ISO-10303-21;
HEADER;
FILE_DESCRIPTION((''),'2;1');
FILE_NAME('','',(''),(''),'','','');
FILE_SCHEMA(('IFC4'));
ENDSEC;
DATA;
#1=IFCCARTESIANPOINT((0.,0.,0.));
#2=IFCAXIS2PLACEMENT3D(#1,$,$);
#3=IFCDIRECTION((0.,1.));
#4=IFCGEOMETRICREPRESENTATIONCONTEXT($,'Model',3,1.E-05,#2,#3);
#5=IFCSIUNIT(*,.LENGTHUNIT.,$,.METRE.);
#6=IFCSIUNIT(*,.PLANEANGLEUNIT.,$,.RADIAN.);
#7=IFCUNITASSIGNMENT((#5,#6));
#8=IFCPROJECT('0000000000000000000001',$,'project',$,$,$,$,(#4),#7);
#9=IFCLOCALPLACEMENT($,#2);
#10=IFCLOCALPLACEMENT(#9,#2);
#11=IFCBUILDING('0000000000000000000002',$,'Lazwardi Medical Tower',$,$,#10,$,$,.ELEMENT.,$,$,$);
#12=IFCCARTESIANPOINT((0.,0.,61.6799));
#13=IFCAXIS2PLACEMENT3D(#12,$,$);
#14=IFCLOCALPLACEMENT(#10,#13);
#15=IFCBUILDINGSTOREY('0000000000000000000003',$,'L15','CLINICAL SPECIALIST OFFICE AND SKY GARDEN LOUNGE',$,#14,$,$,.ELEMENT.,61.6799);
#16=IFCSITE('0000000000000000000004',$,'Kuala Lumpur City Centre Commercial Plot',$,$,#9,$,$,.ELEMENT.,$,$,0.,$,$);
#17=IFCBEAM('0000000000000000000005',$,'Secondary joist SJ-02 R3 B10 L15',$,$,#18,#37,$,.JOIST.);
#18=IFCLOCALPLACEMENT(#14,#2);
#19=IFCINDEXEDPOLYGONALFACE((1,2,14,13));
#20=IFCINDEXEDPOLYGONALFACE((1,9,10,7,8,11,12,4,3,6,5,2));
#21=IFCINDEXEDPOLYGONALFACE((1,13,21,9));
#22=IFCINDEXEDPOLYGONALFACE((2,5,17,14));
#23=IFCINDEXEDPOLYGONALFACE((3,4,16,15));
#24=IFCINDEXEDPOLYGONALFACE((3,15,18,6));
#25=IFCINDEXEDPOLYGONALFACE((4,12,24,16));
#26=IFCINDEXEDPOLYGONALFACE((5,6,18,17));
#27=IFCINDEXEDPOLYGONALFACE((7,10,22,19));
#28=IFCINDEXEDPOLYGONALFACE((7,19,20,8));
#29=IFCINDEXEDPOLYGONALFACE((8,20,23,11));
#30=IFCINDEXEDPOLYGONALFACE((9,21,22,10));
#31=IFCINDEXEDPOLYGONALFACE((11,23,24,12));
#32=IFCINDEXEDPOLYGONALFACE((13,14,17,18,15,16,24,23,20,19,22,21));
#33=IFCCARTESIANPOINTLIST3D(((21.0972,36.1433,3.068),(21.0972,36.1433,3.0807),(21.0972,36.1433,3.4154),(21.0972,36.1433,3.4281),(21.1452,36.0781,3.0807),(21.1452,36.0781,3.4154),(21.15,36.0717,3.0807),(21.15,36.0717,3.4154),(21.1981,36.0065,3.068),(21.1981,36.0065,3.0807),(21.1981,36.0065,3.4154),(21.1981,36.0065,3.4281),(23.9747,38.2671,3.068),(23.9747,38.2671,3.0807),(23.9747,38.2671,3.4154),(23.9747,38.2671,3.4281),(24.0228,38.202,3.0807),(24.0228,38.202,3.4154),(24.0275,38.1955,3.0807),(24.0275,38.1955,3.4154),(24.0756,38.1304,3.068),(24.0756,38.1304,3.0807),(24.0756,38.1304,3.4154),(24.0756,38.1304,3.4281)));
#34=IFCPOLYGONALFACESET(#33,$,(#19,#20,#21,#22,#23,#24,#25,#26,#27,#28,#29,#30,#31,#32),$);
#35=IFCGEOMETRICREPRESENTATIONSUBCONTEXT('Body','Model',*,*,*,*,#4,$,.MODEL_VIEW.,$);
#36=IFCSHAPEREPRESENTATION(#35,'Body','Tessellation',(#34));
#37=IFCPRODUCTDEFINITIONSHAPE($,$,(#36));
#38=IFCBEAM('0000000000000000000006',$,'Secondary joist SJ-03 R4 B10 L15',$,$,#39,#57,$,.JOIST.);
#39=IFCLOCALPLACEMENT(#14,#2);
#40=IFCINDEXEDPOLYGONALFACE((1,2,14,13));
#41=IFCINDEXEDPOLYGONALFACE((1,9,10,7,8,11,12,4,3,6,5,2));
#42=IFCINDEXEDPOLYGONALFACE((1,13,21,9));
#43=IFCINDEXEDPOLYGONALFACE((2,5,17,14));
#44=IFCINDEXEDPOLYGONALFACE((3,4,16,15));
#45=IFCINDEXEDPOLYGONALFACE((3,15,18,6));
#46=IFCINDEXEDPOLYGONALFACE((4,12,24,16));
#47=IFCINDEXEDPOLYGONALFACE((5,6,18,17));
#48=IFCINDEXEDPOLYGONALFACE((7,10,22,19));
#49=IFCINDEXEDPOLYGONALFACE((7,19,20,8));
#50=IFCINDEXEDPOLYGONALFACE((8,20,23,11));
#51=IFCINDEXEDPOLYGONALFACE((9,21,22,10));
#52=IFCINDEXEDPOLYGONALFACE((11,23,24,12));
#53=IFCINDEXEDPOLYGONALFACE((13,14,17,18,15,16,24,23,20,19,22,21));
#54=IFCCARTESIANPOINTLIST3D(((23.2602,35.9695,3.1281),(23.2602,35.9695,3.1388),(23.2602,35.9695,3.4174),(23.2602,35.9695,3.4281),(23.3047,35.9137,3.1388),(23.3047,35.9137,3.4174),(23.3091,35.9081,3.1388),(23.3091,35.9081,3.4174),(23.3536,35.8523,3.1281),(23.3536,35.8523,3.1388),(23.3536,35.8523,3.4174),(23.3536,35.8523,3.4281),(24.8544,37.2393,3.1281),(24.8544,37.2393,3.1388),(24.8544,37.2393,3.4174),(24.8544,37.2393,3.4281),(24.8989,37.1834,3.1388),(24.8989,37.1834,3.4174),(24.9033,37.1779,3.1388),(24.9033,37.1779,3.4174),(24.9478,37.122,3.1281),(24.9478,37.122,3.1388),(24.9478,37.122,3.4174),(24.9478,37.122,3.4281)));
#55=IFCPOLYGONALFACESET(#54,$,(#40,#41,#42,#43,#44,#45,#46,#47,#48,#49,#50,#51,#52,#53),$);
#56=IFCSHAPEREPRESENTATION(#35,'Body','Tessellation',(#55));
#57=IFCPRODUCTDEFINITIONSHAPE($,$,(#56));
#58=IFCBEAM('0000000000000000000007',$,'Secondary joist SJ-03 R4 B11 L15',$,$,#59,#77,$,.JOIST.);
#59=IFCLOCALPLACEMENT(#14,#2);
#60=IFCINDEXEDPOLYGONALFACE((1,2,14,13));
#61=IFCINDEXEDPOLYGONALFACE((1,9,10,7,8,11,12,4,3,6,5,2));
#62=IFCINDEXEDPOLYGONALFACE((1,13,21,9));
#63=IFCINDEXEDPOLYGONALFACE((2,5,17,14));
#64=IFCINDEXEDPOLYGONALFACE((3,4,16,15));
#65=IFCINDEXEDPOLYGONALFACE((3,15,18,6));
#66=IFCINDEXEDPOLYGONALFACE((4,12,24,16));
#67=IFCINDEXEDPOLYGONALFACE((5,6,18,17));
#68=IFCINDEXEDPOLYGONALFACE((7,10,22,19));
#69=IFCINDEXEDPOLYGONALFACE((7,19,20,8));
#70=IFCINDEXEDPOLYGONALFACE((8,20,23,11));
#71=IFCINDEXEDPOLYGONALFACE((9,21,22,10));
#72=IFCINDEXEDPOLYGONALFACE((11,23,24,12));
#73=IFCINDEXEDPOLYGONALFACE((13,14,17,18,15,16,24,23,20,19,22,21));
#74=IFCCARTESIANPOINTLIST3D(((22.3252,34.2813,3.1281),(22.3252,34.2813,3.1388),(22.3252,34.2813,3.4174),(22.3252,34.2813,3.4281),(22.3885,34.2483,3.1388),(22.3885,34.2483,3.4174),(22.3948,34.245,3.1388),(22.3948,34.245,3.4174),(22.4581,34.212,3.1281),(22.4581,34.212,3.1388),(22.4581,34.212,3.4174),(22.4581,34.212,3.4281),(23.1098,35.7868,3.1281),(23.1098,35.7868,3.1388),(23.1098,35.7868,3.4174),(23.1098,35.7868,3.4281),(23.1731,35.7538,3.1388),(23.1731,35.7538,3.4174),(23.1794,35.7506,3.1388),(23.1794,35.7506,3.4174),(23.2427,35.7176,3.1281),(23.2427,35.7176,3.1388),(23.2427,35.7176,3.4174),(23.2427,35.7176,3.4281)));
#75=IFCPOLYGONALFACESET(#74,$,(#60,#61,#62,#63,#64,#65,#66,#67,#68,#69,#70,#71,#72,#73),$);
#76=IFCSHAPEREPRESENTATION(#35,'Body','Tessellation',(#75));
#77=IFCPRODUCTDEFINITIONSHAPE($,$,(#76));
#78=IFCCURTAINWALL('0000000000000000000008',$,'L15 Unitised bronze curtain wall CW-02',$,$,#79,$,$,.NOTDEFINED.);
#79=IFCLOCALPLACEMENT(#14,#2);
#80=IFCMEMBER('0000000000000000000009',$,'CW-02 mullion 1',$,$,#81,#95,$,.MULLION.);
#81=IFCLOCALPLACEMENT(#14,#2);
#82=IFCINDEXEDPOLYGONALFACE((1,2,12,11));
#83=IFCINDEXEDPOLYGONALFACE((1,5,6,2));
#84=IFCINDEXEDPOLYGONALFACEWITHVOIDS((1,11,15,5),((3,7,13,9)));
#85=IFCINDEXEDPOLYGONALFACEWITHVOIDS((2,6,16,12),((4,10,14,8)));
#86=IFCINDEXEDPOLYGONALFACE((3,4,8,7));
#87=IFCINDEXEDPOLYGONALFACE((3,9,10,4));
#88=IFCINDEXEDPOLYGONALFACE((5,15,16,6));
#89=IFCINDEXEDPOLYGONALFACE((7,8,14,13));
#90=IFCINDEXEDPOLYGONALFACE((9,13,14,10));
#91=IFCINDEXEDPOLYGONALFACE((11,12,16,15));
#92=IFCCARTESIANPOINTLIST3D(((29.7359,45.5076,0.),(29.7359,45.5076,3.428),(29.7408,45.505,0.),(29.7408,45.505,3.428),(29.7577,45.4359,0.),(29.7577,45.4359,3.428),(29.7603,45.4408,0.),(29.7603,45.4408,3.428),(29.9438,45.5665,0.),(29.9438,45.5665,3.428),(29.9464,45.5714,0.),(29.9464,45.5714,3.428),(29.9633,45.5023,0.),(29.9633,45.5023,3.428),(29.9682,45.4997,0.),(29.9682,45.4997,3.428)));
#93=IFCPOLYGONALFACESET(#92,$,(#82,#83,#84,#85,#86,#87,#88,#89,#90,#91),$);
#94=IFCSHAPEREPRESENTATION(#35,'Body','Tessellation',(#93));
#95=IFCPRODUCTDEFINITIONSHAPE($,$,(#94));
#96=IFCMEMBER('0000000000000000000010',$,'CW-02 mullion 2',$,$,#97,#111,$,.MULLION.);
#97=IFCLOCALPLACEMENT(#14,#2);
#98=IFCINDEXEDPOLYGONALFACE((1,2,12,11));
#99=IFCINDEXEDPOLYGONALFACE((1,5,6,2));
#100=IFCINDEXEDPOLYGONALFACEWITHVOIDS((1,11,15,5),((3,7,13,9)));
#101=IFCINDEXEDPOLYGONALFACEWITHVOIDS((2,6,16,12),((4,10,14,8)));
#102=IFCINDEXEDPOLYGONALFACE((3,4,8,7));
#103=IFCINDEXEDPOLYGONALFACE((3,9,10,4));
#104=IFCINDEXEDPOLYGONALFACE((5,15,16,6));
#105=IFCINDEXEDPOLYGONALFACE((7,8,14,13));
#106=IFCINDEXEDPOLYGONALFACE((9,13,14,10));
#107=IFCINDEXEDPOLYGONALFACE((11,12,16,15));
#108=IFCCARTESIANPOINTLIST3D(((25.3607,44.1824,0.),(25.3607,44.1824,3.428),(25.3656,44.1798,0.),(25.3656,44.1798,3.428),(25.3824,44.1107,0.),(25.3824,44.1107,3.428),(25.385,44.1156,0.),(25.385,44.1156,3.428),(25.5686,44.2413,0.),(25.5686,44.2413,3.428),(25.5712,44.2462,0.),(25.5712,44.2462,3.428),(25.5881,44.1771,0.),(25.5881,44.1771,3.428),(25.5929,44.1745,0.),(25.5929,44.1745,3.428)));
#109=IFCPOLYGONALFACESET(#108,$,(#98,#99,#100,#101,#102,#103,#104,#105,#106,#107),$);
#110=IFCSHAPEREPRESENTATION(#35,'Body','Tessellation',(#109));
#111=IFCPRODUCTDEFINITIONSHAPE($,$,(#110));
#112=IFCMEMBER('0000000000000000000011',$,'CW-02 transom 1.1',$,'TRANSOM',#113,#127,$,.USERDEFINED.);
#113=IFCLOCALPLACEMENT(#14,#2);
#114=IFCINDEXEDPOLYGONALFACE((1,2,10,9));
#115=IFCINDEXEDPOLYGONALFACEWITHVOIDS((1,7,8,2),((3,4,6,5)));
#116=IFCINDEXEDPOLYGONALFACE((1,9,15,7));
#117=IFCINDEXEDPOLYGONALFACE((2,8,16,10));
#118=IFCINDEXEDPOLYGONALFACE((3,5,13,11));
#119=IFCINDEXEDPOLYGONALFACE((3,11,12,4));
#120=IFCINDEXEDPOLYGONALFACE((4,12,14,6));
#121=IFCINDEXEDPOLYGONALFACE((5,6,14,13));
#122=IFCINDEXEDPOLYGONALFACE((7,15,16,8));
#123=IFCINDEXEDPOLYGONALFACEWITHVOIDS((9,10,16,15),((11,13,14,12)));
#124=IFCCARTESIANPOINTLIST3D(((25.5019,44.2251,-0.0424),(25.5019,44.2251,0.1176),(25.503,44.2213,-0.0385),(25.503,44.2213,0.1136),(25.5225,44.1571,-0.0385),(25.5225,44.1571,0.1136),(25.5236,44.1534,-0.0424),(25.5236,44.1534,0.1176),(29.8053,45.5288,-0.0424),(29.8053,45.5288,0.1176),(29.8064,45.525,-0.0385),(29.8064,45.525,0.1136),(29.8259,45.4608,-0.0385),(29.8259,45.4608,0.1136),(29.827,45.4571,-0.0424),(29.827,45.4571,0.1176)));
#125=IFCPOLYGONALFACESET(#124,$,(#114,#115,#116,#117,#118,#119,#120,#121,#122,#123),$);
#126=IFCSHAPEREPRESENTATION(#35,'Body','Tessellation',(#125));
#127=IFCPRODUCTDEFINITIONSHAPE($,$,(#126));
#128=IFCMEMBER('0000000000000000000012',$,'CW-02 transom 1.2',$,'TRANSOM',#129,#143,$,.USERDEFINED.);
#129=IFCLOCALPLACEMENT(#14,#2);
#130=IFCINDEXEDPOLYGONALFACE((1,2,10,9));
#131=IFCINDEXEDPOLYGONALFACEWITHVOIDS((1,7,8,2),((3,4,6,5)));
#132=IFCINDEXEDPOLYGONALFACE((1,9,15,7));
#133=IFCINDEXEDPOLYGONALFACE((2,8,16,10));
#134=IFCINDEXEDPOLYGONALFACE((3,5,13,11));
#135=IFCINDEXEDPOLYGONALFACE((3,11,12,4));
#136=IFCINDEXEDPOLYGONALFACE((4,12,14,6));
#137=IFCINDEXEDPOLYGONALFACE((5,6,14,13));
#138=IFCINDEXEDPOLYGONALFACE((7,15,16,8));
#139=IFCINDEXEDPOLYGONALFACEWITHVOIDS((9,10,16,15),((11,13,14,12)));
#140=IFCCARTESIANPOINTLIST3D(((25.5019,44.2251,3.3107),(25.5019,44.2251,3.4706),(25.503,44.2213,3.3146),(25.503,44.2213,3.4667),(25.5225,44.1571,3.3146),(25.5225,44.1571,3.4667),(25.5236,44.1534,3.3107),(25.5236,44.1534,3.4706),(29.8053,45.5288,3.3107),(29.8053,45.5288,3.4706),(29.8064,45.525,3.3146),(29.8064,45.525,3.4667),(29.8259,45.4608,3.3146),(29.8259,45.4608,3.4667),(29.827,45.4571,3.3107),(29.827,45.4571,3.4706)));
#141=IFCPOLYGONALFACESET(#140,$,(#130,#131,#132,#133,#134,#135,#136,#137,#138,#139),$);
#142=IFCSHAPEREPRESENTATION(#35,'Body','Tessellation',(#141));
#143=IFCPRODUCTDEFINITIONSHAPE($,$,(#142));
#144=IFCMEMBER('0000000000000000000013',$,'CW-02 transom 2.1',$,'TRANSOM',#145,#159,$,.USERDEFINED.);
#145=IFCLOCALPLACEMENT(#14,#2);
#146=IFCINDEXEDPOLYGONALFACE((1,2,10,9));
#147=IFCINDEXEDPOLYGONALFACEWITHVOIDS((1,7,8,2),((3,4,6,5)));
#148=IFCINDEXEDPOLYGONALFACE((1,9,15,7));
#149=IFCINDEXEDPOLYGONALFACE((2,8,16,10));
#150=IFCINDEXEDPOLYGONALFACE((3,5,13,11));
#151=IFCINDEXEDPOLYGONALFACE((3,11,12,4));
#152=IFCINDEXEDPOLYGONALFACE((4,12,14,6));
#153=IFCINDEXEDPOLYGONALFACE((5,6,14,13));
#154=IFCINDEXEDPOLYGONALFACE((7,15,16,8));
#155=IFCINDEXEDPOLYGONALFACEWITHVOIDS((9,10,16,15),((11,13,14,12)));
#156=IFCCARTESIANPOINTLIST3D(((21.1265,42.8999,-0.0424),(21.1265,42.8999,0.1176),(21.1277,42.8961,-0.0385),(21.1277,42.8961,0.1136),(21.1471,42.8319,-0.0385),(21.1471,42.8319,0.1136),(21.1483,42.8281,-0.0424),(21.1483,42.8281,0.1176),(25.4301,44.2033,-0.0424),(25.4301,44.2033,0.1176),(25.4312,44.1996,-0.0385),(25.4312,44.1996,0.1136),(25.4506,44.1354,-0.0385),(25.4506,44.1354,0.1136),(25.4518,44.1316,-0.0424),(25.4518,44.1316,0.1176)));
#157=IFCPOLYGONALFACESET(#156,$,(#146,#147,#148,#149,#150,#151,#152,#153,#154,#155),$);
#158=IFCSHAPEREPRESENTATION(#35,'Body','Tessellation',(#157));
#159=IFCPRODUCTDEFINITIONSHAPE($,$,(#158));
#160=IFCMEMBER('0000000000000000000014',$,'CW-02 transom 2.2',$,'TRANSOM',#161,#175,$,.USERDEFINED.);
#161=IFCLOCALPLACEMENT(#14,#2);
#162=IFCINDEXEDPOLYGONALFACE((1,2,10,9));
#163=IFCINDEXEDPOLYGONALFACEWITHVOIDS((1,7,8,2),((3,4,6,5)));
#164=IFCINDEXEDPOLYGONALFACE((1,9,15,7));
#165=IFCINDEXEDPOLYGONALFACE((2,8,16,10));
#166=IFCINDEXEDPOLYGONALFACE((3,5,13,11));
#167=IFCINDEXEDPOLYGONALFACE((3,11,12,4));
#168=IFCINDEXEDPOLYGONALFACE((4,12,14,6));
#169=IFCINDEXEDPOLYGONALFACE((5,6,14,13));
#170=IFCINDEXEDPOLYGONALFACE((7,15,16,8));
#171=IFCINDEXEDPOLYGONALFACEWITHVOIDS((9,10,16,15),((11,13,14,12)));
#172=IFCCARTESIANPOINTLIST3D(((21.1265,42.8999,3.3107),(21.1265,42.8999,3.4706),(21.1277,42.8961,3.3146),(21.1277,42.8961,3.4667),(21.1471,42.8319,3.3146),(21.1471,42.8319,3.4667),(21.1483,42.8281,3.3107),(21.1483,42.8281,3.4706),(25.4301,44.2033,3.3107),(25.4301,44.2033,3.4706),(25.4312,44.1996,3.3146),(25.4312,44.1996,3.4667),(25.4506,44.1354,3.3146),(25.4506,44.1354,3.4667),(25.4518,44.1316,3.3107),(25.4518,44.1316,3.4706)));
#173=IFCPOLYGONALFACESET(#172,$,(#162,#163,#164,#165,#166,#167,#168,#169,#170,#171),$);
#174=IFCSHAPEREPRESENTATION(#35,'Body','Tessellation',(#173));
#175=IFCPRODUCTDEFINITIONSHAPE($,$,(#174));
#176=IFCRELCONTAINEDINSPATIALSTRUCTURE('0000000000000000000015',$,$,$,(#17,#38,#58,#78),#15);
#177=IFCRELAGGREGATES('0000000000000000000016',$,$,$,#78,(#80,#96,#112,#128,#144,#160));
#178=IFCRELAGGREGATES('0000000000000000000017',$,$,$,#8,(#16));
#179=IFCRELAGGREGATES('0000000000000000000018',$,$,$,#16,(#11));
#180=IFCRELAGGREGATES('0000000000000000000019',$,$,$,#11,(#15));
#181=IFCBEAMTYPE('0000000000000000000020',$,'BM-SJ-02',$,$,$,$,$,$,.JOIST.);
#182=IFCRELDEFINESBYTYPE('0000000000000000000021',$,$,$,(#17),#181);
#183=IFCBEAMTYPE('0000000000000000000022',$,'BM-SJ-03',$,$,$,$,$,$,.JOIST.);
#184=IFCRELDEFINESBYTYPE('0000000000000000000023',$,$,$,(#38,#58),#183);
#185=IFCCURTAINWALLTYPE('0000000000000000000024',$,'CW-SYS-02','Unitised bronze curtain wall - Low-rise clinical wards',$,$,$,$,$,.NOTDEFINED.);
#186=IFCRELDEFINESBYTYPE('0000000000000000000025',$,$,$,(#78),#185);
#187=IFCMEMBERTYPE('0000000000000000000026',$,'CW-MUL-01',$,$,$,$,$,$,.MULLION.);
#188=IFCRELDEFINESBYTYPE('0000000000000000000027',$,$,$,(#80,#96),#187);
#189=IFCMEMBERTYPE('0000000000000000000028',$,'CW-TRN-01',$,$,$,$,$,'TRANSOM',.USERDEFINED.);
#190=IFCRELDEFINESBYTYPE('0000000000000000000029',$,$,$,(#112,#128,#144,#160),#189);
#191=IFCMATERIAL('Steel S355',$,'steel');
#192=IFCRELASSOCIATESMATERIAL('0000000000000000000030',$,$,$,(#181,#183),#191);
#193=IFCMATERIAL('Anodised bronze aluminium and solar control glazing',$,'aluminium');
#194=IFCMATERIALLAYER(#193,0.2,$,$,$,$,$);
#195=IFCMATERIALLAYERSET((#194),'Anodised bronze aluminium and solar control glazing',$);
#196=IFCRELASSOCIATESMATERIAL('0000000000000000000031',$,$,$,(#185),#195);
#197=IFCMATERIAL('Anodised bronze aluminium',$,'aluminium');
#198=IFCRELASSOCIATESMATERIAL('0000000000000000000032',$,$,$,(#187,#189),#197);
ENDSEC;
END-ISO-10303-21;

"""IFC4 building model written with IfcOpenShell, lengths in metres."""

from ifc_helpers import new_model, si_unit, direction, frame, origin, origin_2d, place, context, subcontext, project, spatial, hollow_rectangle, i_section, extrude, material, layer, layer_set, material_profile, profile_set, type_object, element, aggregate, save


model = new_model("IFC4")

# Units and contexts
model_context = context("Model", 3, precision=1e-05, world=origin(), true_north=direction((0.0, 1.0)))
body_context = subcontext(model_context, "Body", "Model", "MODEL_VIEW")
ifc_project = project(units=[si_unit("LENGTHUNIT", "METRE"), si_unit("PLANEANGLEUNIT", "RADIAN")], contexts=[model_context])

# Site, building, storey
site_placement = place(None, origin())
site = spatial("IfcSite", under=ifc_project, at=site_placement, Name="Kuala Lumpur City Centre Commercial Plot", CompositionType="ELEMENT", RefElevation=0.0)
building_placement = place(site_placement, origin())
building = spatial("IfcBuilding", under=site, at=building_placement, Name="Lazwardi Medical Tower", CompositionType="ELEMENT")
storey_placement = place(building_placement, frame((0.0, 0.0, 61.6799)))
storey = spatial("IfcBuildingStorey", under=building, at=storey_placement, Name="L15", Description="CLINICAL SPECIALIST OFFICE AND SKY GARDEN LOUNGE", CompositionType="ELEMENT", Elevation=61.6799)

# Beams
ifc_material_1 = material(Name="Steel S355", Category="steel")
ifc_material_profile_1 = material_profile(ifc_material_1, i_section(OverallWidth=0.1699, OverallDepth=0.3601, WebThickness=0.0081, FlangeThickness=0.0127, at=origin_2d()), Name="IPE 360")
ifc_profile_set_1 = profile_set([ifc_material_profile_1], Name="Steel S355")
beam_type_1 = type_object("IfcBeamType", Name="BM-SJ-02", PredefinedType="JOIST", material=ifc_profile_set_1)
beam_1_placement = place(storey_placement, frame((24.0251, 38.1987, 3.248), z_axis=(-0.80458, -0.593844, 0.0), x_axis=(0.593844, -0.80458, 0.0)))
element("IfcBeam", 1, at=beam_1_placement, inside=storey, type_object=beam_type_1, Name="Secondary joist SJ-02 R3 B10 L15", PredefinedType="JOIST", context=body_context, shape_type="SweptSolid", body=[
    extrude(i_section(OverallWidth=0.1699, OverallDepth=0.3601, WebThickness=0.0081, FlangeThickness=0.0127, at=origin_2d()), origin(), (0.0, 0.0, 1.0), 3.5764),
])
ifc_material_profile_2 = material_profile(ifc_material_1, i_section(OverallWidth=0.1499, OverallDepth=0.3, WebThickness=0.0071, FlangeThickness=0.0107, at=origin_2d()), Name="IPE 300")
ifc_profile_set_2 = profile_set([ifc_material_profile_2], Name="Steel S355")
beam_type_2 = type_object("IfcBeamType", Name="BM-SJ-03", PredefinedType="JOIST", material=ifc_profile_set_2)
beam_2_placement = place(storey_placement, frame((24.9011, 37.1807, 3.2781), z_axis=(-0.782211, -0.623014, 0.0), x_axis=(0.623014, -0.782211, 0.0)))
element("IfcBeam", 2, at=beam_2_placement, inside=storey, type_object=beam_type_2, Name="Secondary joist SJ-03 R4 B10 L15", PredefinedType="JOIST", context=body_context, shape_type="SweptSolid", body=[
    extrude(i_section(OverallWidth=0.1499, OverallDepth=0.3, WebThickness=0.0071, FlangeThickness=0.0107, at=origin_2d()), origin(), (0.0, 0.0, 1.0), 2.0381),
])
beam_3_placement = place(storey_placement, frame((23.1763, 35.7522, 3.2781), z_axis=(-0.462163, -0.886795, 0.0), x_axis=(0.886795, -0.462163, 0.0)))
element("IfcBeam", 3, at=beam_3_placement, inside=storey, type_object=beam_type_2, Name="Secondary joist SJ-03 R4 B11 L15", PredefinedType="JOIST", context=body_context, shape_type="SweptSolid", body=[
    extrude(i_section(OverallWidth=0.1499, OverallDepth=0.3, WebThickness=0.0071, FlangeThickness=0.0107, at=origin_2d()), origin(), (0.0, 0.0, 1.0), 1.6978),
])

# Curtain wall, members
ifc_material_2 = material(Name="Anodised bronze aluminium and solar control glazing", Category="aluminium")
ifc_layer_1 = layer(ifc_material_2, 0.2)
ifc_layer_set_1 = layer_set([ifc_layer_1], Name="Anodised bronze aluminium and solar control glazing")
curtain_wall_type = type_object("IfcCurtainWallType", Name="CW-SYS-02", Description="Unitised bronze curtain wall - Low-rise clinical wards", PredefinedType="NOTDEFINED", material=ifc_layer_set_1)
curtain_wall_placement = place(storey_placement, origin())
curtain_wall = element("IfcCurtainWall", 4, at=curtain_wall_placement, inside=storey, type_object=curtain_wall_type, Name="L15 Unitised bronze curtain wall CW-02", PredefinedType="NOTDEFINED")
ifc_material_3 = material(Name="Anodised bronze aluminium", Category="aluminium")
ifc_material_profile_3 = material_profile(ifc_material_3, hollow_rectangle(XDim=0.075, YDim=0.22, WallThickness=0.0039, at=origin_2d()), Name="ALU-MULLION 220x75x4")
ifc_profile_set_3 = profile_set([ifc_material_profile_3], Name="Anodised bronze aluminium")
member_type_1 = type_object("IfcMemberType", Name="CW-MUL-01", PredefinedType="MULLION", material=ifc_profile_set_3)
member_1_placement = place(storey_placement, frame((29.8521, 45.5037, 0.0), z_axis=(0.0, 0.0, 1.0), x_axis=(0.289896, -0.957058, 0.0)))
member_1 = element("IfcMember", 5, at=member_1_placement, type_object=member_type_1, Name="CW-02 mullion 1", PredefinedType="MULLION", context=body_context, shape_type="SweptSolid", body=[
    extrude(hollow_rectangle(XDim=0.075, YDim=0.22, WallThickness=0.0039, at=origin_2d()), origin(), (0.0, 0.0, 1.0), 3.428),
])
member_2_placement = place(storey_placement, frame((25.4768, 44.1785, 0.0), z_axis=(0.0, 0.0, 1.0), x_axis=(0.289896, -0.957058, 0.0)))
member_2 = element("IfcMember", 6, at=member_2_placement, type_object=member_type_1, Name="CW-02 mullion 2", PredefinedType="MULLION", context=body_context, shape_type="SweptSolid", body=[
    extrude(hollow_rectangle(XDim=0.075, YDim=0.22, WallThickness=0.0039, at=origin_2d()), origin(), (0.0, 0.0, 1.0), 3.428),
])
ifc_material_profile_4 = material_profile(ifc_material_3, hollow_rectangle(XDim=0.075, YDim=0.1599, WallThickness=0.0039, at=origin_2d()), Name="ALU-TRANSOM 160x75x4")
ifc_profile_set_4 = profile_set([ifc_material_profile_4], Name="Anodised bronze aluminium")
member_type_2 = type_object("IfcMemberType", Name="CW-TRN-01", ElementType="TRANSOM", PredefinedType="USERDEFINED", material=ifc_profile_set_4)
member_3_placement = place(storey_placement, frame((29.8162, 45.4929, 0.0376), z_axis=(-0.957047, -0.289932, 0.0), x_axis=(0.289932, -0.957047, 0.0)))
member_3 = element("IfcMember", 7, at=member_3_placement, type_object=member_type_2, Name="CW-02 transom 1.1", ObjectType="TRANSOM", PredefinedType="USERDEFINED", context=body_context, shape_type="SweptSolid", body=[
    extrude(hollow_rectangle(XDim=0.075, YDim=0.1599, WallThickness=0.0039, at=origin_2d()), origin(), (0.0, 0.0, 1.0), 4.4966),
])
member_4_placement = place(storey_placement, frame((29.8162, 45.4929, 3.3906), z_axis=(-0.957047, -0.289932, 0.0), x_axis=(0.289932, -0.957047, 0.0)))
member_4 = element("IfcMember", 8, at=member_4_placement, type_object=member_type_2, Name="CW-02 transom 1.2", ObjectType="TRANSOM", PredefinedType="USERDEFINED", context=body_context, shape_type="SweptSolid", body=[
    extrude(hollow_rectangle(XDim=0.075, YDim=0.1599, WallThickness=0.0039, at=origin_2d()), origin(), (0.0, 0.0, 1.0), 4.4966),
])
member_5_placement = place(storey_placement, frame((25.4409, 44.1675, 0.0376), z_axis=(-0.957062, -0.289882, 0.0), x_axis=(0.289882, -0.957062, 0.0)))
member_5 = element("IfcMember", 9, at=member_5_placement, type_object=member_type_2, Name="CW-02 transom 2.1", ObjectType="TRANSOM", PredefinedType="USERDEFINED", context=body_context, shape_type="SweptSolid", body=[
    extrude(hollow_rectangle(XDim=0.075, YDim=0.1599, WallThickness=0.0039, at=origin_2d()), origin(), (0.0, 0.0, 1.0), 4.4966),
])
member_6_placement = place(storey_placement, frame((25.4409, 44.1675, 3.3906), z_axis=(-0.957062, -0.289882, 0.0), x_axis=(0.289882, -0.957062, 0.0)))
member_6 = element("IfcMember", 10, at=member_6_placement, type_object=member_type_2, Name="CW-02 transom 2.2", ObjectType="TRANSOM", PredefinedType="USERDEFINED", context=body_context, shape_type="SweptSolid", body=[
    extrude(hollow_rectangle(XDim=0.075, YDim=0.1599, WallThickness=0.0039, at=origin_2d()), origin(), (0.0, 0.0, 1.0), 4.4966),
])
aggregate(curtain_wall, [member_1, member_2, member_3, member_4, member_5, member_6])

save(model, "model.ifc")
